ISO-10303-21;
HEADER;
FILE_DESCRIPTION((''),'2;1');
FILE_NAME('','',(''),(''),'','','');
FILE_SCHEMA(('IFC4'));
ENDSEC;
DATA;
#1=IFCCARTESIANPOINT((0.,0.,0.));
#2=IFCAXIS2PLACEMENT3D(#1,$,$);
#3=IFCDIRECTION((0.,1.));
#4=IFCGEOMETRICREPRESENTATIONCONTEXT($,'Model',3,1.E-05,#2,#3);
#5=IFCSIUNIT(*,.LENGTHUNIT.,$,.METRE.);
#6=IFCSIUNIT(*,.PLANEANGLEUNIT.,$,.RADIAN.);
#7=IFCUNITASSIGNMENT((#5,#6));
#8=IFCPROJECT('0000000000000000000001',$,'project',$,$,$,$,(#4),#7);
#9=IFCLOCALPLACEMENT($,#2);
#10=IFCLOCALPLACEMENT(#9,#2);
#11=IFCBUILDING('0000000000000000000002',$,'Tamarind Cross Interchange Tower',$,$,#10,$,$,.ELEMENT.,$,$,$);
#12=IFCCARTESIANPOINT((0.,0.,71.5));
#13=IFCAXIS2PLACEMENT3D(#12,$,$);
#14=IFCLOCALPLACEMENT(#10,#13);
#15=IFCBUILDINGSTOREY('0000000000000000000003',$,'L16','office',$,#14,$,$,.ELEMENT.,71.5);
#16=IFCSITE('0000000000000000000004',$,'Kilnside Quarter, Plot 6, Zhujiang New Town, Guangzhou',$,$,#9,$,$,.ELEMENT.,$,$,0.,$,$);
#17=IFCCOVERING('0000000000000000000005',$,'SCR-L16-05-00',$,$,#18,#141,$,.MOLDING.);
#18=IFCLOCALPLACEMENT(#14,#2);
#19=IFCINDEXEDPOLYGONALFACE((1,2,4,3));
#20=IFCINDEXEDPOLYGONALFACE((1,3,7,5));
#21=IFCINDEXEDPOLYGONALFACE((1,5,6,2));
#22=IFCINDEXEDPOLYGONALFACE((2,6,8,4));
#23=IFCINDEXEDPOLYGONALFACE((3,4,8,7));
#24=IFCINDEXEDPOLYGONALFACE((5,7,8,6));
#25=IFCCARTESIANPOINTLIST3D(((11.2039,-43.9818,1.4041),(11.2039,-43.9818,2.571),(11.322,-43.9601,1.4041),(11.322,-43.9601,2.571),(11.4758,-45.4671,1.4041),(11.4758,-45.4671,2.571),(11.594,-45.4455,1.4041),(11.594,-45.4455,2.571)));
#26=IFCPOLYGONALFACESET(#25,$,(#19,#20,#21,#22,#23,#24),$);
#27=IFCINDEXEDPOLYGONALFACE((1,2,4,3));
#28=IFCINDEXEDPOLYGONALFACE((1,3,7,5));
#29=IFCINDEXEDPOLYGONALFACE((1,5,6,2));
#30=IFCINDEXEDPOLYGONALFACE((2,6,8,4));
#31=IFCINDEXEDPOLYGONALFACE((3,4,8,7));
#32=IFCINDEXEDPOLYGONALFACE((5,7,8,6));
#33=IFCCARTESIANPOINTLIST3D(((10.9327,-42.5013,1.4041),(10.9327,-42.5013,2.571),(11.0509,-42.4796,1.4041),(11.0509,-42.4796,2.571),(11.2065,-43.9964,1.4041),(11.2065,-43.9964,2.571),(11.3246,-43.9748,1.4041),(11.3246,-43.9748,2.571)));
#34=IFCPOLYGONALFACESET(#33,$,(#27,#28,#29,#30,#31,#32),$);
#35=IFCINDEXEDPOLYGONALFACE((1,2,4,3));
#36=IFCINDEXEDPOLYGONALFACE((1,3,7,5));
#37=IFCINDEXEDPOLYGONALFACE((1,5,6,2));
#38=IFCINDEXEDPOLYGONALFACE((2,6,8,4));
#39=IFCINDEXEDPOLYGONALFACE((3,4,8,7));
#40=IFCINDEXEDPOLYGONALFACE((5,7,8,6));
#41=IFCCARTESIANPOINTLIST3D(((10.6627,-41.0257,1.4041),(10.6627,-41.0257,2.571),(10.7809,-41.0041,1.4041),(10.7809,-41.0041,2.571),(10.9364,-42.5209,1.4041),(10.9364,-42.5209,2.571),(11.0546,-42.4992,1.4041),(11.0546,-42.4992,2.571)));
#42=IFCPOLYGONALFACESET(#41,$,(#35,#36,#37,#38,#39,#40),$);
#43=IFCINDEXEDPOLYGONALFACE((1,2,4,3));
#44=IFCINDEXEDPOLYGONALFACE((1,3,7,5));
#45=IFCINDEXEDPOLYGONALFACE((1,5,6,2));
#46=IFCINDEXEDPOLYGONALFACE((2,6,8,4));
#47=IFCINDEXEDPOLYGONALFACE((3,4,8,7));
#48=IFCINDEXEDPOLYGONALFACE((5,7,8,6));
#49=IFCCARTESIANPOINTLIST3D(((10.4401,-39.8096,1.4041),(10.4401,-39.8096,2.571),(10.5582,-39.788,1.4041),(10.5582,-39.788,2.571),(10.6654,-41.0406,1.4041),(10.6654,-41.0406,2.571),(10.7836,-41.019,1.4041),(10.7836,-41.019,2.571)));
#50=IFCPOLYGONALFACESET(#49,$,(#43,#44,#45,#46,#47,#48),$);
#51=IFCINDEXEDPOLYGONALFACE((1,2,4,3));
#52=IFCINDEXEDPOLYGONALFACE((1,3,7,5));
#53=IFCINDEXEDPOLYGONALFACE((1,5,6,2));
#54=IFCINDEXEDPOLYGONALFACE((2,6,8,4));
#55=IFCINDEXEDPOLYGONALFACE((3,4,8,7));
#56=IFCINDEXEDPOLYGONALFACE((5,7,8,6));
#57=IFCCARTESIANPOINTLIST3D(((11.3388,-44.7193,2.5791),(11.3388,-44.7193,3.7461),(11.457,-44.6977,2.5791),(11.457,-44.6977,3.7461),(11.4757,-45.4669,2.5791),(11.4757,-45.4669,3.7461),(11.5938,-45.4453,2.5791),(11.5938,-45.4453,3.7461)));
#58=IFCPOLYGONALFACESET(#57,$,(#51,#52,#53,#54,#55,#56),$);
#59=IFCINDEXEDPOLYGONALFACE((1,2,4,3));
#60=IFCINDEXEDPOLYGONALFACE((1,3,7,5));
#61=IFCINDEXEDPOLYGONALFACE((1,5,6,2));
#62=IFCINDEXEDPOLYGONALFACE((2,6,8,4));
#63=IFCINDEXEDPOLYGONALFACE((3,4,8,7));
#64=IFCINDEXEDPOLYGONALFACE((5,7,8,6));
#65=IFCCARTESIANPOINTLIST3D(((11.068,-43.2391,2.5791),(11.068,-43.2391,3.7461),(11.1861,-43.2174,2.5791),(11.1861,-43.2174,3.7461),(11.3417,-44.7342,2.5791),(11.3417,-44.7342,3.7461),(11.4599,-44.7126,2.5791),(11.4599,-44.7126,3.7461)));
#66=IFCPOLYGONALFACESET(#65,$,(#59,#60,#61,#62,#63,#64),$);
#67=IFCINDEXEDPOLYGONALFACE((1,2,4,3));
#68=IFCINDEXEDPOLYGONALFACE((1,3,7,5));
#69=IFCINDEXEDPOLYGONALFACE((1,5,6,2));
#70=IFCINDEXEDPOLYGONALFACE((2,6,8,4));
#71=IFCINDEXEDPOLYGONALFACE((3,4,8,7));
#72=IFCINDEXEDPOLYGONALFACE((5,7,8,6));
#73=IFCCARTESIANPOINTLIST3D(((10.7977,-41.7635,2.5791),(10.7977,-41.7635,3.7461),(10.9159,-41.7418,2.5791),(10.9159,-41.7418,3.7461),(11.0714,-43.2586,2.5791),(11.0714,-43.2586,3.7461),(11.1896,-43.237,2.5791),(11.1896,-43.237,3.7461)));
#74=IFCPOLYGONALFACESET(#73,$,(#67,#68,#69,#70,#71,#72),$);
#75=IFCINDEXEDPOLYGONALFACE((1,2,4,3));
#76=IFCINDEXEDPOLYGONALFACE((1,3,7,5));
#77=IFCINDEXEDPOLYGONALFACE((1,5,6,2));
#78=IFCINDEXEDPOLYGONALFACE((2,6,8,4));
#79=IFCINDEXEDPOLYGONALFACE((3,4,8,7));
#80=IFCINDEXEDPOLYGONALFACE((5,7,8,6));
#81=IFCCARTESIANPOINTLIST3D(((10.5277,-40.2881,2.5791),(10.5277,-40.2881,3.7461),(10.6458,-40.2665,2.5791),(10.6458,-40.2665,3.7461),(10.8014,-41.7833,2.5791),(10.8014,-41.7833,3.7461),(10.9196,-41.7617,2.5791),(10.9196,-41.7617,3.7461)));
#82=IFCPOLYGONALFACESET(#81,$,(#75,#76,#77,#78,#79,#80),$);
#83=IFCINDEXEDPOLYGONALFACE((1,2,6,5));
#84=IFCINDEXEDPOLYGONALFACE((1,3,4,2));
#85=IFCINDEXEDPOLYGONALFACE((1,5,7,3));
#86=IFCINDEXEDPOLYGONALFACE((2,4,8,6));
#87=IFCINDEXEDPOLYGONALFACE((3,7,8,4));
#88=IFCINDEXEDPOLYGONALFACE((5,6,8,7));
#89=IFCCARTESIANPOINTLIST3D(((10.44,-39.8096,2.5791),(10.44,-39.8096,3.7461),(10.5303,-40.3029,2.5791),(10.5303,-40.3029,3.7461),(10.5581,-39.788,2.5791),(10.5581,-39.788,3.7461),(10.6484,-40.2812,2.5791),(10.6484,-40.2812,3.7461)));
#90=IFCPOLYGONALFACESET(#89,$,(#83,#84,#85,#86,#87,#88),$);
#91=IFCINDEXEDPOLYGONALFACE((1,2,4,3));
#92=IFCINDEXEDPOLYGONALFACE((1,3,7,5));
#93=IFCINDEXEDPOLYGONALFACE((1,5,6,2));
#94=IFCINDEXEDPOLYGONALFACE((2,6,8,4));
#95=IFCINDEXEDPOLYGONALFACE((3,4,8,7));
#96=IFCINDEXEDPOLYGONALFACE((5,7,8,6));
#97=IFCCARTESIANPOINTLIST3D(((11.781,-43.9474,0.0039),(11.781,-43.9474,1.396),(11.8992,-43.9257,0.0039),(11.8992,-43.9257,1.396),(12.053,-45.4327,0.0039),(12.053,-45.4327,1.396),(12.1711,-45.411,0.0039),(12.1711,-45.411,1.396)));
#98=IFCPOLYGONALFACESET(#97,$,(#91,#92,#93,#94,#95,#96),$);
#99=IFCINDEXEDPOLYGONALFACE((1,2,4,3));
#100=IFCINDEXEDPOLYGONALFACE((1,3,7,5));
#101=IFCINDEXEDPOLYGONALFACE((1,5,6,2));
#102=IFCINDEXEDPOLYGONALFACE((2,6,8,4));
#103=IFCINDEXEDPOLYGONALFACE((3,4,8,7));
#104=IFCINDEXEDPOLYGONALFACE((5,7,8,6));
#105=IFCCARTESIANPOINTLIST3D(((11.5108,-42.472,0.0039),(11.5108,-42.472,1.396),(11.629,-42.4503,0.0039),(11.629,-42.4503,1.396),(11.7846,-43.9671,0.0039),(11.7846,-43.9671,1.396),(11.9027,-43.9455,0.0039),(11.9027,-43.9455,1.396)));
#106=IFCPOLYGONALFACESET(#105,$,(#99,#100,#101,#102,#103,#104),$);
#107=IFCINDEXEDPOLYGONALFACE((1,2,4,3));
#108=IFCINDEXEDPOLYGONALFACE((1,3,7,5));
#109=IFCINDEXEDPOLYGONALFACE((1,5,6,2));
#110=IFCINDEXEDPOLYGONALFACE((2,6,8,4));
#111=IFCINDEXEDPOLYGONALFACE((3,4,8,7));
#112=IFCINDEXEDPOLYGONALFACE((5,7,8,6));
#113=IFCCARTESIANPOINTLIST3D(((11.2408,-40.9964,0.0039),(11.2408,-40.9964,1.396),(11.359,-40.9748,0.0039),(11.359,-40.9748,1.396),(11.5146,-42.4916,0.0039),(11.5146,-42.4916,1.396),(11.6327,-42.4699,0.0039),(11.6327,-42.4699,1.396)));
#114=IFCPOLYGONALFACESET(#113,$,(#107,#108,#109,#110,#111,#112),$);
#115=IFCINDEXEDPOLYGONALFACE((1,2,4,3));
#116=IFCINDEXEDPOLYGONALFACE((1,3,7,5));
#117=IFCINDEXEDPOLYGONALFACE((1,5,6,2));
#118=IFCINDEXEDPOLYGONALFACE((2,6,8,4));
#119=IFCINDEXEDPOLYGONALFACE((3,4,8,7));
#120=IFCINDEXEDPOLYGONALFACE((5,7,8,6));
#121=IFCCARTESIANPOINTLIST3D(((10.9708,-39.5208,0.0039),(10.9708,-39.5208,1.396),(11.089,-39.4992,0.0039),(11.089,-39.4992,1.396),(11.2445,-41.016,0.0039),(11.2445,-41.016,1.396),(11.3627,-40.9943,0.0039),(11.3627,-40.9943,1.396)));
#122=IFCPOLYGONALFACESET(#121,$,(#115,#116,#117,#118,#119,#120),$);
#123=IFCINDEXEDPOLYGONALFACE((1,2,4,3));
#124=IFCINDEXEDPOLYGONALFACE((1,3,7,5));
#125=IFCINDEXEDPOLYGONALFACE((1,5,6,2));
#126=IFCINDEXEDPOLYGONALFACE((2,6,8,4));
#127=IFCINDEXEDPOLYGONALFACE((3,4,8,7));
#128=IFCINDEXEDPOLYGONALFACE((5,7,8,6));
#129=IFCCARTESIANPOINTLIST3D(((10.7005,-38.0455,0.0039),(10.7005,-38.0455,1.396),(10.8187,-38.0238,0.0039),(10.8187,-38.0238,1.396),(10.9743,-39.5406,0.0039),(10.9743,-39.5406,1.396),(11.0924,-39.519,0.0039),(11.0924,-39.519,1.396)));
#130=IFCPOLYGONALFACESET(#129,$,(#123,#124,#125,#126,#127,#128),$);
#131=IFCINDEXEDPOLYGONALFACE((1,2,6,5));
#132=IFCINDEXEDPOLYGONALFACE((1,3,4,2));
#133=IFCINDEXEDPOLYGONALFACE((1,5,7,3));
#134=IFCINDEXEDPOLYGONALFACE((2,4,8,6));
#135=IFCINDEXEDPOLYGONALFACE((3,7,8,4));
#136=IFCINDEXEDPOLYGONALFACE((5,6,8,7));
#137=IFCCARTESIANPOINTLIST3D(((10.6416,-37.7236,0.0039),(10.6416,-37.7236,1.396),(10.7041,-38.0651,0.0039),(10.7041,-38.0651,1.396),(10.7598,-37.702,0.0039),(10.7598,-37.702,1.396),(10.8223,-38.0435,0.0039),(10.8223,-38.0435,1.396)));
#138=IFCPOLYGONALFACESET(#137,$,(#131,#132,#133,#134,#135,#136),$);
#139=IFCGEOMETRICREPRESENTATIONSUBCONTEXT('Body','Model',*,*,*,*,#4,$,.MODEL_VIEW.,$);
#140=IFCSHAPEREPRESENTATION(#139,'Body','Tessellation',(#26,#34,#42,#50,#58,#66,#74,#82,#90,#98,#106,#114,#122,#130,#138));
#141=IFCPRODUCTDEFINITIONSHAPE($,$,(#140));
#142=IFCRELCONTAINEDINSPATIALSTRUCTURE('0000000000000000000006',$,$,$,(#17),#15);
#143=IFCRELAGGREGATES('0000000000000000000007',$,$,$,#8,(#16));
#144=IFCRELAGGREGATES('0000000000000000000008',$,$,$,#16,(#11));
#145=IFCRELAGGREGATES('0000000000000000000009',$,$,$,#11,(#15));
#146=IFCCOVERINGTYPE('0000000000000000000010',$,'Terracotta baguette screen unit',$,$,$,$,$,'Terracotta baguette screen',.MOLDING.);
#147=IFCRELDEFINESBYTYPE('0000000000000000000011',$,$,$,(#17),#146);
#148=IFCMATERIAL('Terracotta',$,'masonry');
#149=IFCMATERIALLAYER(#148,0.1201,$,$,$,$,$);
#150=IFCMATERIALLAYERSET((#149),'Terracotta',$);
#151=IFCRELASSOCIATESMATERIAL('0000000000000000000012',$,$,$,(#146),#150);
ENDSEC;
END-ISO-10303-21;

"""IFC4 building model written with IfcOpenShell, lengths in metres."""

from ifc_helpers import new_model, si_unit, direction, frame, origin, origin_2d, place, context, subcontext, project, spatial, rectangle, extrude, material, layer, layer_set, type_object, element, save


model = new_model("IFC4")

# Units and contexts
model_context = context("Model", 3, precision=1e-05, world=origin(), true_north=direction((0.0, 1.0)))
body_context = subcontext(model_context, "Body", "Model", "MODEL_VIEW")
ifc_project = project(units=[si_unit("LENGTHUNIT", "METRE"), si_unit("PLANEANGLEUNIT", "RADIAN")], contexts=[model_context])

# Site, building, storey
site_placement = place(None, origin())
site = spatial("IfcSite", under=ifc_project, at=site_placement, Name="Kilnside Quarter, Plot 6, Zhujiang New Town, Guangzhou", CompositionType="ELEMENT", RefElevation=0.0)
building_placement = place(site_placement, origin())
building = spatial("IfcBuilding", under=site, at=building_placement, Name="Tamarind Cross Interchange Tower", CompositionType="ELEMENT")
storey_placement = place(building_placement, frame((0.0, 0.0, 71.5)))
storey = spatial("IfcBuildingStorey", under=building, at=storey_placement, Name="L16", Description="office", CompositionType="ELEMENT", Elevation=71.5)

# Covering
ifc_material_1 = material(Name="Terracotta", Category="masonry")
ifc_layer_1 = layer(ifc_material_1, 0.1201)
ifc_layer_set_1 = layer_set([ifc_layer_1], Name="Terracotta")
covering_type = type_object("IfcCoveringType", Name="Terracotta baguette screen unit", ElementType="Terracotta baguette screen", PredefinedType="MOLDING", material=ifc_layer_set_1)
covering_1_placement = place(storey_placement, origin())
element("IfcCovering", 1, at=covering_1_placement, inside=storey, type_object=covering_type, Name="SCR-L16-05-00", PredefinedType="MOLDING", context=body_context, shape_type="SweptSolid", body=[
    extrude(rectangle(XDim=1.51, YDim=0.1201, at=origin_2d()), frame((11.3989, -44.7136, 1.4041), z_axis=(0.0, 0.0, 1.0), x_axis=(-0.180086, 0.983651, 0.0)), (0.0, 0.0, 1.0), 1.167),
    extrude(rectangle(XDim=1.52, YDim=0.1201, at=origin_2d()), frame((11.1287, -43.238, 1.4041), z_axis=(0.0, 0.0, 1.0), x_axis=(-0.180086, 0.983651, 0.0)), (0.0, 0.0, 1.0), 1.167),
    extrude(rectangle(XDim=1.52, YDim=0.1201, at=origin_2d()), frame((10.8586, -41.7625, 1.4041), z_axis=(0.0, 0.0, 1.0), x_axis=(-0.180086, 0.983651, 0.0)), (0.0, 0.0, 1.0), 1.167),
    extrude(rectangle(XDim=1.2515, YDim=0.1201, at=origin_2d()), frame((10.6118, -40.4143, 1.4041), z_axis=(0.0, 0.0, 1.0), x_axis=(-0.180086, 0.983651, 0.0)), (0.0, 0.0, 1.0), 1.167),
    extrude(rectangle(XDim=0.76, YDim=0.1201, at=origin_2d()), frame((11.4663, -45.0823, 2.5791), z_axis=(0.0, 0.0, 1.0), x_axis=(-0.180086, 0.983651, 0.0)), (0.0, 0.0, 1.0), 1.167),
    extrude(rectangle(XDim=1.52, YDim=0.1201, at=origin_2d()), frame((11.2639, -43.9758, 2.5791), z_axis=(0.0, 0.0, 1.0), x_axis=(-0.180086, 0.983651, 0.0)), (0.0, 0.0, 1.0), 1.167),
    extrude(rectangle(XDim=1.52, YDim=0.1201, at=origin_2d()), frame((10.9937, -42.5002, 2.5791), z_axis=(0.0, 0.0, 1.0), x_axis=(-0.180086, 0.983651, 0.0)), (0.0, 0.0, 1.0), 1.167),
    extrude(rectangle(XDim=1.52, YDim=0.1201, at=origin_2d()), frame((10.7236, -41.0249, 2.5791), z_axis=(0.0, 0.0, 1.0), x_axis=(-0.180086, 0.983651, 0.0)), (0.0, 0.0, 1.0), 1.167),
    extrude(rectangle(XDim=0.5015, YDim=0.1201, at=origin_2d()), frame((10.5442, -40.0454, 2.5791), z_axis=(0.0, 0.0, 1.0), x_axis=(-0.180086, 0.983651, 0.0)), (0.0, 0.0, 1.0), 1.167),
    extrude(rectangle(XDim=1.51, YDim=0.1201, at=origin_2d()), frame((11.9761, -44.6792, 0.0039), z_axis=(0.0, 0.0, 1.0), x_axis=(-0.180086, 0.983651, 0.0)), (0.0, 0.0, 1.0), 1.3921),
    extrude(rectangle(XDim=1.52, YDim=0.1201, at=origin_2d()), frame((11.7068, -43.2087, 0.0039), z_axis=(0.0, 0.0, 1.0), x_axis=(-0.180086, 0.983651, 0.0)), (0.0, 0.0, 1.0), 1.3921),
    extrude(rectangle(XDim=1.52, YDim=0.1201, at=origin_2d()), frame((11.4368, -41.7332, 0.0039), z_axis=(0.0, 0.0, 1.0), x_axis=(-0.180086, 0.983651, 0.0)), (0.0, 0.0, 1.0), 1.3921),
    extrude(rectangle(XDim=1.52, YDim=0.1201, at=origin_2d()), frame((11.1667, -40.2576, 0.0039), z_axis=(0.0, 0.0, 1.0), x_axis=(-0.180086, 0.983651, 0.0)), (0.0, 0.0, 1.0), 1.3921),
    extrude(rectangle(XDim=1.52, YDim=0.1201, at=origin_2d()), frame((10.8965, -38.7822, 0.0039), z_axis=(0.0, 0.0, 1.0), x_axis=(-0.180086, 0.983651, 0.0)), (0.0, 0.0, 1.0), 1.3921),
    extrude(rectangle(XDim=0.3472, YDim=0.1201, at=origin_2d()), frame((10.7319, -37.8835, 0.0039), z_axis=(0.0, 0.0, 1.0), x_axis=(-0.180086, 0.983651, 0.0)), (0.0, 0.0, 1.0), 1.3921),
])

save(model, "model.ifc")
